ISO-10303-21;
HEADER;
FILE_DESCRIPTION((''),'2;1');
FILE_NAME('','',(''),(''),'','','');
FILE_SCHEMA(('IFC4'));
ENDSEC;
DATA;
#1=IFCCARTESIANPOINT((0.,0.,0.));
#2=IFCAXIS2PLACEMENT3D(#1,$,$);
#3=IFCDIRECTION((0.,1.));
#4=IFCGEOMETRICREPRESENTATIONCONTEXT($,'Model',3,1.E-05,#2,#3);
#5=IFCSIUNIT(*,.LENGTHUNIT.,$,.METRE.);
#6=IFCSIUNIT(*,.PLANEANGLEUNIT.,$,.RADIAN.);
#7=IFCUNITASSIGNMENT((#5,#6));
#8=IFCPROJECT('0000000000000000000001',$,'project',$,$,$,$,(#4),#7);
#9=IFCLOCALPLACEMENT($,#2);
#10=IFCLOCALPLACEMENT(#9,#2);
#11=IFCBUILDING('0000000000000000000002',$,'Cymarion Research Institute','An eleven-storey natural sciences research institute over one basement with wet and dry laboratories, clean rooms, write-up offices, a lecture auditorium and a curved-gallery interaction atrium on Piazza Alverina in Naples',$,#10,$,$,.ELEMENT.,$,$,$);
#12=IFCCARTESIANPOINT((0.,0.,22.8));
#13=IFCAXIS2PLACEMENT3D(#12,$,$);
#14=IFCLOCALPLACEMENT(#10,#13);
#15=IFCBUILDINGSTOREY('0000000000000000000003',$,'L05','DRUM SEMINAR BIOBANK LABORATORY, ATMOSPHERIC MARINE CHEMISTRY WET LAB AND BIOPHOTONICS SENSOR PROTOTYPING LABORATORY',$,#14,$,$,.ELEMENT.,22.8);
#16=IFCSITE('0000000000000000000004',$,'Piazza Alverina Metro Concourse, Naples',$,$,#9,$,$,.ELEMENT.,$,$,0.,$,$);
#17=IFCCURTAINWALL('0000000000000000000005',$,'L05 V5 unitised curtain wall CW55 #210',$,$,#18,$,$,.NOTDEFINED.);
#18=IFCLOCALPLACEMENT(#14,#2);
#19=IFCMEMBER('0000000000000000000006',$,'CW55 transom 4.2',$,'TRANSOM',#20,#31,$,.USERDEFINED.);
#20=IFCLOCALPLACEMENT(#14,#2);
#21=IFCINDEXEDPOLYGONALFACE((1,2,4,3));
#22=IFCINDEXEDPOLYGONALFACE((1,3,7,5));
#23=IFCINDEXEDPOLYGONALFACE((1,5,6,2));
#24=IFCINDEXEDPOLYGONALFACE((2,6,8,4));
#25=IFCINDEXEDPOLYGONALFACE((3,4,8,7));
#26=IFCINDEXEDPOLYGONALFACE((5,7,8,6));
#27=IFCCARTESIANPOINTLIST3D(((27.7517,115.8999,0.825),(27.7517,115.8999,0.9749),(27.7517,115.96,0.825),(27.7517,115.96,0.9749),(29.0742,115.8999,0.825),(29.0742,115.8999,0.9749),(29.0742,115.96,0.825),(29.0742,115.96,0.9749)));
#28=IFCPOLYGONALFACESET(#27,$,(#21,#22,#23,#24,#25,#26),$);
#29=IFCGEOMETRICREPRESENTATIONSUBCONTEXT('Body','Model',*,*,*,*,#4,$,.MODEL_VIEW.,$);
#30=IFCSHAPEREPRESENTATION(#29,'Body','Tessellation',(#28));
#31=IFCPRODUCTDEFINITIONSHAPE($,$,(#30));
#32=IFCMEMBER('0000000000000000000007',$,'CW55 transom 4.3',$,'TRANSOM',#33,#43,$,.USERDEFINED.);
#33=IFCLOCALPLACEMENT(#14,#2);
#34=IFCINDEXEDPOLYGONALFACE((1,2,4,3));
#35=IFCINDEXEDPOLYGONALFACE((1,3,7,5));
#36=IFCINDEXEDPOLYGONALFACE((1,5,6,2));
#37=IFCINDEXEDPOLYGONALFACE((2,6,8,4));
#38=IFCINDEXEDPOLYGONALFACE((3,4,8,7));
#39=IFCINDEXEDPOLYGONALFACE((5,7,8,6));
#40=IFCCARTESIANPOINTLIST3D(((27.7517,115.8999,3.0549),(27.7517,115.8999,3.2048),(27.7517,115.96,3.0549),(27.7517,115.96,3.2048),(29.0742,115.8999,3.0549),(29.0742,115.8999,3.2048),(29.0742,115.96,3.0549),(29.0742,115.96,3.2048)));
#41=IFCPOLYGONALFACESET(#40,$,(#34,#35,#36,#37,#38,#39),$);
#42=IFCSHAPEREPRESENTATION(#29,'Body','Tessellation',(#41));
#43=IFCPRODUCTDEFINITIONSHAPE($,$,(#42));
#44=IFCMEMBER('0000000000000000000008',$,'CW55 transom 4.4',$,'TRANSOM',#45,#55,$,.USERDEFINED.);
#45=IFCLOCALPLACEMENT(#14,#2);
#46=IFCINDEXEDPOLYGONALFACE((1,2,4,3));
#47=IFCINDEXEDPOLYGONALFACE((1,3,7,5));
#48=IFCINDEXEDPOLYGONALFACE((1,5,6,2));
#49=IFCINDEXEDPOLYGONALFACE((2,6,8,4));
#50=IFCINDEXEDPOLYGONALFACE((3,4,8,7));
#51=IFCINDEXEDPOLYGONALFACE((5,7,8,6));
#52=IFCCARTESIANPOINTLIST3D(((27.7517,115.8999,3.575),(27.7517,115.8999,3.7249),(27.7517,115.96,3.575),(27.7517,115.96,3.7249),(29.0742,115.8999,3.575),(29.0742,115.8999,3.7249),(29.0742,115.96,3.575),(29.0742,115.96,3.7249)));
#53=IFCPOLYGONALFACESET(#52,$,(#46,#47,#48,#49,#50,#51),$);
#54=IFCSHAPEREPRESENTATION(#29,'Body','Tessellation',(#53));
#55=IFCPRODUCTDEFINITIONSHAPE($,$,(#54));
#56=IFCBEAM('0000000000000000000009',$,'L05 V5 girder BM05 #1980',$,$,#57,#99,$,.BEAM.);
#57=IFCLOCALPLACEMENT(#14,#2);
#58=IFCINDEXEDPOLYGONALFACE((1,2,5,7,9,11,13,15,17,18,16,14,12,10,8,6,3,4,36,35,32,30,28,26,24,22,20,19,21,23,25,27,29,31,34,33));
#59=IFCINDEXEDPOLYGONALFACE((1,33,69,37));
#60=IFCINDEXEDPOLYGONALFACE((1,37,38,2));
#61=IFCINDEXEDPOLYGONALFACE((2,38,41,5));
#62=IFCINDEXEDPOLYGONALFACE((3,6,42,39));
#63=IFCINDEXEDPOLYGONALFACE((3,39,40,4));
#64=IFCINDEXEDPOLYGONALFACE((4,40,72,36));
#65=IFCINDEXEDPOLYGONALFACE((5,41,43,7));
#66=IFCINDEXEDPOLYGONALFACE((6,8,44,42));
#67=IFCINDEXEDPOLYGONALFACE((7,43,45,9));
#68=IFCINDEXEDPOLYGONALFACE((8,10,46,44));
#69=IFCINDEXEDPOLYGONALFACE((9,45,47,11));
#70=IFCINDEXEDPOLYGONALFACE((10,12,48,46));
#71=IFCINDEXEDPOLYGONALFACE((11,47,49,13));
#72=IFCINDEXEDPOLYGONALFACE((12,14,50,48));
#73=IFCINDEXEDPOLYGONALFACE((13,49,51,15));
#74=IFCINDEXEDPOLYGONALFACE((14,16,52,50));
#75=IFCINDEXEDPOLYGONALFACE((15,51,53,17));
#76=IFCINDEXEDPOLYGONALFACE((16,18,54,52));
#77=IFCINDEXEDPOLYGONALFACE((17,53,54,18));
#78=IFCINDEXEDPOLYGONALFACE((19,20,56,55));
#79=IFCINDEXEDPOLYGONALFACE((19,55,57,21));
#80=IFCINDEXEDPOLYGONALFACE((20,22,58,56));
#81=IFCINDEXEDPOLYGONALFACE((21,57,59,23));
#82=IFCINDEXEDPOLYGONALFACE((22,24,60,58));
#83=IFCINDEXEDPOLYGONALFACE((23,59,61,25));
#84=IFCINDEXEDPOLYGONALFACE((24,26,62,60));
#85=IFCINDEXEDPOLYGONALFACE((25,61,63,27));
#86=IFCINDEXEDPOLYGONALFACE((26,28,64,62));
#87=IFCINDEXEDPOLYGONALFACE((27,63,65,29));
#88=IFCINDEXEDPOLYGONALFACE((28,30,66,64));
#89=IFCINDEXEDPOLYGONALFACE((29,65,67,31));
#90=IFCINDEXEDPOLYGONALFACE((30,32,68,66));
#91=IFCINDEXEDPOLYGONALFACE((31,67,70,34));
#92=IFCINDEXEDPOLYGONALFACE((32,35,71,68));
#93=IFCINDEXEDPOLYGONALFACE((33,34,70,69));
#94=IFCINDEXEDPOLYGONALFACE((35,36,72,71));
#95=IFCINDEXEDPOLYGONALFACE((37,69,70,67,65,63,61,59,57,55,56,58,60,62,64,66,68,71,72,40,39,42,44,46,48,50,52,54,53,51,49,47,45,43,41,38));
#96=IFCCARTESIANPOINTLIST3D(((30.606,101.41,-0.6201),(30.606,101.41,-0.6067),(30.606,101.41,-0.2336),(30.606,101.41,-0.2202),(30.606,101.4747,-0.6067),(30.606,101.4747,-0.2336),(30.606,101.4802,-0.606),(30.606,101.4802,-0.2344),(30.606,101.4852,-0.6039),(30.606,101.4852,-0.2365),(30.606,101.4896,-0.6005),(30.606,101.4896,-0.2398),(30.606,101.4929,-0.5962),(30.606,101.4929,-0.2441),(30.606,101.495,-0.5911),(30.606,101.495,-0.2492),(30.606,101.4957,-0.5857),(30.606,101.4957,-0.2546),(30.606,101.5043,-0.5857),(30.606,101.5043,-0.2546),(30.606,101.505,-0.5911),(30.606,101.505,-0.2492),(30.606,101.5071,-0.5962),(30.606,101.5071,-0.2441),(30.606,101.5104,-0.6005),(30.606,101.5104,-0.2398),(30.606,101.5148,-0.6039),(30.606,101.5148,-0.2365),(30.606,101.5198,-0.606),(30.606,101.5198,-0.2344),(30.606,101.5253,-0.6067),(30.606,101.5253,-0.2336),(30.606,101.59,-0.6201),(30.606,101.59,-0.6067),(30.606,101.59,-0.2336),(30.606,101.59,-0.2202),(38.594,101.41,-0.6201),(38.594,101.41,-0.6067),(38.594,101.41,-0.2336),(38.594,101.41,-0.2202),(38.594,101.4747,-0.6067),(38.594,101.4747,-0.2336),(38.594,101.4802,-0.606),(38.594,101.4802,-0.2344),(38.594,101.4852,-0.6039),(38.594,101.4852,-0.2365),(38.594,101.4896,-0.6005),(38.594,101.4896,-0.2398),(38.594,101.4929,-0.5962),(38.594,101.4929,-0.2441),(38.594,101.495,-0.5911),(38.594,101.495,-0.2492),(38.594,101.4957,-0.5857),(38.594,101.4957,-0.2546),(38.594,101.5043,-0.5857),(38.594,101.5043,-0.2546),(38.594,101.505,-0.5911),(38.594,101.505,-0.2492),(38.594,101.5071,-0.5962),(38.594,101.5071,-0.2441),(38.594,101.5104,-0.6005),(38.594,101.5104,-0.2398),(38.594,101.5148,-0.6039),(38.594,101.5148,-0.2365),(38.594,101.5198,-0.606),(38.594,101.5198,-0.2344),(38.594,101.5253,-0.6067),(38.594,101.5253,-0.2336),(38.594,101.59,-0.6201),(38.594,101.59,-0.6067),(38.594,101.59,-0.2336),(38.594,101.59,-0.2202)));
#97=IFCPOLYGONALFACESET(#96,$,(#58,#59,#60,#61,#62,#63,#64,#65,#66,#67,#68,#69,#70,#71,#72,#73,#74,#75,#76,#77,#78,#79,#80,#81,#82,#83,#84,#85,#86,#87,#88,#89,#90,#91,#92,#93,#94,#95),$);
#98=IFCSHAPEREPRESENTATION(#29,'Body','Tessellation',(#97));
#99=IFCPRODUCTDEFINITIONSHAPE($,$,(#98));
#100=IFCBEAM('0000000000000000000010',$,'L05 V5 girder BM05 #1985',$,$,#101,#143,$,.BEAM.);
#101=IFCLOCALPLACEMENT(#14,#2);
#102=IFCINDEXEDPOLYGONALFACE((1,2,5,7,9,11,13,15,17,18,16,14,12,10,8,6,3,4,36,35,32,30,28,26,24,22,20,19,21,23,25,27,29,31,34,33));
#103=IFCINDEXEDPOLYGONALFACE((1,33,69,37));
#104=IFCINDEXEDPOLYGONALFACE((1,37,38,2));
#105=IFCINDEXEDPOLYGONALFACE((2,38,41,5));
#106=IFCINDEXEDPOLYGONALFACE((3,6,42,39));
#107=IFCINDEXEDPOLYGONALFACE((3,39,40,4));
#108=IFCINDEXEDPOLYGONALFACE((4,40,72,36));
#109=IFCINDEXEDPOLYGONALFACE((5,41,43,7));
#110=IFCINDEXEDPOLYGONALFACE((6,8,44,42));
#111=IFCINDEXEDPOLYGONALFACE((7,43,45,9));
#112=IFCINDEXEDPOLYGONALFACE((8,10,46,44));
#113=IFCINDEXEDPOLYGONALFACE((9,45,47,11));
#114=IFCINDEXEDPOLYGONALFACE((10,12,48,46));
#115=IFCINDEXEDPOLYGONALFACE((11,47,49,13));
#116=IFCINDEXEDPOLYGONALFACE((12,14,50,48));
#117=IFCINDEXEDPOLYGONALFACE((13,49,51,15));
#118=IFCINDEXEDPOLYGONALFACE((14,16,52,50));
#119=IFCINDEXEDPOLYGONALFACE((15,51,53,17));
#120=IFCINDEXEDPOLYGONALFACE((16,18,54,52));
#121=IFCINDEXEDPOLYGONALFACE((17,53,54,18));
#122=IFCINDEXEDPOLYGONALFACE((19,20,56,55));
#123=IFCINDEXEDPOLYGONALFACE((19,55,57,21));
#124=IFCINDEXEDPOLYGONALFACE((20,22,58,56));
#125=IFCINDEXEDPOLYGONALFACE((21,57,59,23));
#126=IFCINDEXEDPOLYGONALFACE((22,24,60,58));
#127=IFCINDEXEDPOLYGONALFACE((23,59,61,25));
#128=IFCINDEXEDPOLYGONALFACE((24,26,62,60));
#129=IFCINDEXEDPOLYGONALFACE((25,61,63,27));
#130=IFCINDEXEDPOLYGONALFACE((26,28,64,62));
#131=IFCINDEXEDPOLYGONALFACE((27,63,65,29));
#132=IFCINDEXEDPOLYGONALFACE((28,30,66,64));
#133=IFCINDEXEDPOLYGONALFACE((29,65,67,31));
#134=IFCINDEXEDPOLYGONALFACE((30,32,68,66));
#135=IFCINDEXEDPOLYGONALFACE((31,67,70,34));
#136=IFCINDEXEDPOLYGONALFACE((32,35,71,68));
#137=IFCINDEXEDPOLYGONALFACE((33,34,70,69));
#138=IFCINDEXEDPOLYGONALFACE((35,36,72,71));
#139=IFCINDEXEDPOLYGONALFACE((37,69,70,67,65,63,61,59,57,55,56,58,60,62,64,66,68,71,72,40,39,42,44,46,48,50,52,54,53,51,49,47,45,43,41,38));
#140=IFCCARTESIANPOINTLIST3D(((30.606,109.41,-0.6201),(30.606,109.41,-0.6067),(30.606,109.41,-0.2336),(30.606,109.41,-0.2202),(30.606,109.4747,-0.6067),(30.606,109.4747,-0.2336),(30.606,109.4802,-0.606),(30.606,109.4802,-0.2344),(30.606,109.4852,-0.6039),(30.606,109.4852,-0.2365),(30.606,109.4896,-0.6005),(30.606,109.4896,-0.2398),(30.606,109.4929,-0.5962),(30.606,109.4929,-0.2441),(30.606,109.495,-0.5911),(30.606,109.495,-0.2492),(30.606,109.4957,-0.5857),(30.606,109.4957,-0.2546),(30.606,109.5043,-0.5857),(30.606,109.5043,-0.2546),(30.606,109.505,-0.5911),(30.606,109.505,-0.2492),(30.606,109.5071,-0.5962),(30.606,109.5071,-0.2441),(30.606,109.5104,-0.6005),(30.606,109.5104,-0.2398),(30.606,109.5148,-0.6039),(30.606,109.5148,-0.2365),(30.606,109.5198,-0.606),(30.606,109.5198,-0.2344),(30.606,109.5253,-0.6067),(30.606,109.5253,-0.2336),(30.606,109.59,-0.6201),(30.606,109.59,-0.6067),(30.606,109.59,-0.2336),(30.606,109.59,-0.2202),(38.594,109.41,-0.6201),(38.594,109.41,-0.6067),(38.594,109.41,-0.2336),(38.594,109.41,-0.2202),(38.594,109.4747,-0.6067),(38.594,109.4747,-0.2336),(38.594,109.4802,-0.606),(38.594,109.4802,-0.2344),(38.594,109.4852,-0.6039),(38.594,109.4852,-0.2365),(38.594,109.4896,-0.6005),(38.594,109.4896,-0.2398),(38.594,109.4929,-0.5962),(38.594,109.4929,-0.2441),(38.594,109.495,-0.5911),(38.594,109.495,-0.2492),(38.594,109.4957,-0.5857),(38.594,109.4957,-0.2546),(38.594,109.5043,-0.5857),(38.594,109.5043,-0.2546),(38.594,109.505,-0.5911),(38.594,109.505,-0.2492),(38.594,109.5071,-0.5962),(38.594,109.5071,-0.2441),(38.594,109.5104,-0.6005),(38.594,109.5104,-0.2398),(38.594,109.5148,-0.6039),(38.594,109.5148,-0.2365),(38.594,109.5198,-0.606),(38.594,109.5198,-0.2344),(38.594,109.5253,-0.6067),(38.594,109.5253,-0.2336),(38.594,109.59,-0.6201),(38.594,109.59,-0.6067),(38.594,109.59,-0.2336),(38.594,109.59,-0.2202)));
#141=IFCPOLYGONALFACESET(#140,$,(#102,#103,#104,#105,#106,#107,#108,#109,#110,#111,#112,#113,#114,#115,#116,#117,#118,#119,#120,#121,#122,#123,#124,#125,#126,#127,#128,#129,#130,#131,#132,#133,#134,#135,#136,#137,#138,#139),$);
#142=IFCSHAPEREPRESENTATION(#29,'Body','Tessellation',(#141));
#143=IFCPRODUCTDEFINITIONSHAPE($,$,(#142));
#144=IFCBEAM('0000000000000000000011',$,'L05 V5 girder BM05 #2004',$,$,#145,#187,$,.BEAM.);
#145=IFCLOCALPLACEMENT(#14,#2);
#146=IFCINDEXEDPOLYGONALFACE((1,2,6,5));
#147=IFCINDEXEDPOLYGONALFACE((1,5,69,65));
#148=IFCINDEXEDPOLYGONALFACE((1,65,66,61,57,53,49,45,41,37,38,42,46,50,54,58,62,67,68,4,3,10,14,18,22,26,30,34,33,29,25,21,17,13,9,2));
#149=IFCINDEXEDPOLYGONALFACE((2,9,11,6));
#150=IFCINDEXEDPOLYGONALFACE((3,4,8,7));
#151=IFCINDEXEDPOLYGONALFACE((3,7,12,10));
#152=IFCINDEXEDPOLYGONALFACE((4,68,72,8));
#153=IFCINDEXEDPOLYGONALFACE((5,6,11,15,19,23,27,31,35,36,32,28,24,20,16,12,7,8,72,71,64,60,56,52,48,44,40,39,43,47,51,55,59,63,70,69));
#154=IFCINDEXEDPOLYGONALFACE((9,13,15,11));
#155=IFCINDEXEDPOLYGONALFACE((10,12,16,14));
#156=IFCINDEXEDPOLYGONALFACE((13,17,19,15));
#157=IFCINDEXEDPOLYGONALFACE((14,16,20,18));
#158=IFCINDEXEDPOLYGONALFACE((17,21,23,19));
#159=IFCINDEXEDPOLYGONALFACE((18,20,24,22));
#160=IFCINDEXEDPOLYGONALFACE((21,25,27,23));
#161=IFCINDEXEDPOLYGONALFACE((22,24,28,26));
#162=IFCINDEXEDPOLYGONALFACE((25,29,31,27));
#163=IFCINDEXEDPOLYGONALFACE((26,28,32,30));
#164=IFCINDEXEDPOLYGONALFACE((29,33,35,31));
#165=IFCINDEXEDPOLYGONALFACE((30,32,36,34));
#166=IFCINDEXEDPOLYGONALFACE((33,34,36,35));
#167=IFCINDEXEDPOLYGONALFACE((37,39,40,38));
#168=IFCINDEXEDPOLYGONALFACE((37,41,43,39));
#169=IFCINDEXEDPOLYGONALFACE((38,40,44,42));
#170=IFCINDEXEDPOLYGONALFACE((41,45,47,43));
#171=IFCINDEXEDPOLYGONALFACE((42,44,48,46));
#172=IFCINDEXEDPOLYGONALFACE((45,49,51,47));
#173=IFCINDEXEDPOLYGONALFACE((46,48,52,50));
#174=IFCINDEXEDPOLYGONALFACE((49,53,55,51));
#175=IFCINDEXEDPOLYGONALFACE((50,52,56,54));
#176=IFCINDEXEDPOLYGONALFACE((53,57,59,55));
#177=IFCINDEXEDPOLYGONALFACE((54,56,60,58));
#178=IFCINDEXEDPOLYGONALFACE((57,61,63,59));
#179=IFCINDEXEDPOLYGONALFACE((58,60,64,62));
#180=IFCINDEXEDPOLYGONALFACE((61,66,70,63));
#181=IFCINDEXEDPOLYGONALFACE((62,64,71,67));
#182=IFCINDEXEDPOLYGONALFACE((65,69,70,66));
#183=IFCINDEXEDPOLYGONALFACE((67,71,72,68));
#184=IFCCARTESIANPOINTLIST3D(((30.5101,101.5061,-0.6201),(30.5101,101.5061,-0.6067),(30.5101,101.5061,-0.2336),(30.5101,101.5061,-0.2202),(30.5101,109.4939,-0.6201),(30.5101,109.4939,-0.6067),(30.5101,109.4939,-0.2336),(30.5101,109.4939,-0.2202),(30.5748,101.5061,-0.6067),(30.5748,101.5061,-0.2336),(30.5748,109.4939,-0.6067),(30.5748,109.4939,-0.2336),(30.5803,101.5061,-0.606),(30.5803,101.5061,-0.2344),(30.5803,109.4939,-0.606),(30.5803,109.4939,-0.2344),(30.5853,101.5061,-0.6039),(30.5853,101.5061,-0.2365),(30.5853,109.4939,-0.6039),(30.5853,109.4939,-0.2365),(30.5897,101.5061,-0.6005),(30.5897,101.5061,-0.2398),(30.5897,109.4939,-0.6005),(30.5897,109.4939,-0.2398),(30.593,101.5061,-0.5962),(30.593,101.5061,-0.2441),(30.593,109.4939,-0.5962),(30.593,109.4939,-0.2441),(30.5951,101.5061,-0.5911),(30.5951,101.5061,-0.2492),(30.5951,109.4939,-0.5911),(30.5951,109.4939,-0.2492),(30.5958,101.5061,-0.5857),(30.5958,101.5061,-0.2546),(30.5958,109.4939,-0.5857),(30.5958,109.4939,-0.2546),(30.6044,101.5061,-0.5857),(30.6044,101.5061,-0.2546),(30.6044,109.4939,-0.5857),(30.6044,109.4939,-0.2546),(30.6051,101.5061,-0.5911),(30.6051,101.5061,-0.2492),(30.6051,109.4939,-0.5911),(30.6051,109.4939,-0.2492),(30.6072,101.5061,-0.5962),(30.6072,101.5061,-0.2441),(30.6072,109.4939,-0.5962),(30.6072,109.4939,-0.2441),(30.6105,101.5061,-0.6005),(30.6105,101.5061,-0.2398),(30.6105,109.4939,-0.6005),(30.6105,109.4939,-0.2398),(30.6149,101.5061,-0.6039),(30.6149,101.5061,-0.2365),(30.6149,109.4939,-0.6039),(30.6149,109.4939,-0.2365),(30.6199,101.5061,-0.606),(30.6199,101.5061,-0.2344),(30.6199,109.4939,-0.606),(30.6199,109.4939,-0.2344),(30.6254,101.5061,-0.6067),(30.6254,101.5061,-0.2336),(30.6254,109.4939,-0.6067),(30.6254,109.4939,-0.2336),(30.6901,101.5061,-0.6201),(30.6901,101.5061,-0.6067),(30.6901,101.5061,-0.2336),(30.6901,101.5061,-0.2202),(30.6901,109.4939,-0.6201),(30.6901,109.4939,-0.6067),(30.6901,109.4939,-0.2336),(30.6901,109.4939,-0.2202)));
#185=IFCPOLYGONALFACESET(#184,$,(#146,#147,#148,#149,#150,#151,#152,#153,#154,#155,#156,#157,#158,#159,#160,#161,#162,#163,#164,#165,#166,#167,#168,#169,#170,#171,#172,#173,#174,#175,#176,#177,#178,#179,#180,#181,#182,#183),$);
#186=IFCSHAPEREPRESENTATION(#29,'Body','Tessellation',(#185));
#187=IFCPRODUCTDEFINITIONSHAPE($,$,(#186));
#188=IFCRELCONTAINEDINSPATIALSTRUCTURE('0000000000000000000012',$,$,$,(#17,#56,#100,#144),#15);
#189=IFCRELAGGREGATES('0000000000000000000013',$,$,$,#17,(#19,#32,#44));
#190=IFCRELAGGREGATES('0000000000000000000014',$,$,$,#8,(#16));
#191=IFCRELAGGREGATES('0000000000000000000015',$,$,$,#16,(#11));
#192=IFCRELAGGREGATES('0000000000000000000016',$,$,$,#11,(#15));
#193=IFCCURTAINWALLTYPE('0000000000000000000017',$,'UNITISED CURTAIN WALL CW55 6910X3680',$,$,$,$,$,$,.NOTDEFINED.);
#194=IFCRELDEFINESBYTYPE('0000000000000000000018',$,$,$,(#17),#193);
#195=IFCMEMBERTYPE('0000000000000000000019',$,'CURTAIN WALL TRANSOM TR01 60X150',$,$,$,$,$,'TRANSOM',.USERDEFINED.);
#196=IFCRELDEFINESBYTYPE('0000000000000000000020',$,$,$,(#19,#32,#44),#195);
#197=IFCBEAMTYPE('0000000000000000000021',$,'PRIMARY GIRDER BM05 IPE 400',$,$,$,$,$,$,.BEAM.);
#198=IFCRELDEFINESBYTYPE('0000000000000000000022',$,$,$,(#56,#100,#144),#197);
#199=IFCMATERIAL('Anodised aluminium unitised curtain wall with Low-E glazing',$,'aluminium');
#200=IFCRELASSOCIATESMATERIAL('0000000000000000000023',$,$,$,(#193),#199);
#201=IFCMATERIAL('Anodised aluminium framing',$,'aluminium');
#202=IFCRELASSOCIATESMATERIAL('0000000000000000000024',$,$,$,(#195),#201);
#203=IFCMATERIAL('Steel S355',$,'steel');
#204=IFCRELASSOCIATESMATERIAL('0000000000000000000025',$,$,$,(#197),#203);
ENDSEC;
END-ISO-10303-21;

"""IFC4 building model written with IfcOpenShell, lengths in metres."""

from ifc_helpers import new_model, si_unit, direction, frame, origin, origin_2d, place, context, subcontext, project, spatial, rectangle, i_section, extrude, material, material_profile, profile_set, type_object, element, aggregate, save


model = new_model("IFC4")

# Units and contexts
model_context = context("Model", 3, precision=1e-05, world=origin(), true_north=direction((0.0, 1.0)))
body_context = subcontext(model_context, "Body", "Model", "MODEL_VIEW")
ifc_project = project(units=[si_unit("LENGTHUNIT", "METRE"), si_unit("PLANEANGLEUNIT", "RADIAN")], contexts=[model_context])

# Site, building, storey
site_placement = place(None, origin())
site = spatial("IfcSite", under=ifc_project, at=site_placement, Name="Piazza Alverina Metro Concourse, Naples", CompositionType="ELEMENT", RefElevation=0.0)
building_placement = place(site_placement, origin())
building = spatial("IfcBuilding", under=site, at=building_placement, Name="Cymarion Research Institute", Description="An eleven-storey natural sciences research institute over one basement with wet and dry laboratories, clean rooms, write-up offices, a lecture auditorium and a curved-gallery interaction atrium on Piazza Alverina in Naples", CompositionType="ELEMENT")
storey_placement = place(building_placement, frame((0.0, 0.0, 22.8)))
storey = spatial("IfcBuildingStorey", under=building, at=storey_placement, Name="L05", Description="DRUM SEMINAR BIOBANK LABORATORY, ATMOSPHERIC MARINE CHEMISTRY WET LAB AND BIOPHOTONICS SENSOR PROTOTYPING LABORATORY", CompositionType="ELEMENT", Elevation=22.8)

# Shared definitions
ifc_material_1 = material(Name="Steel S355", Category="steel")

# Curtain wall, members
ifc_material_2 = material(Name="Anodised aluminium unitised curtain wall with Low-E glazing", Category="aluminium")
curtain_wall_type = type_object("IfcCurtainWallType", Name="UNITISED CURTAIN WALL CW55 6910X3680", PredefinedType="NOTDEFINED", material=ifc_material_2)
curtain_wall_placement = place(storey_placement, origin())
curtain_wall = element("IfcCurtainWall", 1, at=curtain_wall_placement, inside=storey, type_object=curtain_wall_type, Name="L05 V5 unitised curtain wall CW55 #210", PredefinedType="NOTDEFINED")
ifc_material_3 = material(Name="Anodised aluminium framing", Category="aluminium")
ifc_material_profile_1 = material_profile(ifc_material_3, rectangle(XDim=0.0601, YDim=0.1499, at=origin_2d()), Name="ALU TRANSOM 60x150")
ifc_profile_set_1 = profile_set([ifc_material_profile_1], Name="Anodised aluminium framing")
member_type_1 = type_object("IfcMemberType", Name="CURTAIN WALL TRANSOM TR01 60X150", ElementType="TRANSOM", PredefinedType="USERDEFINED", material=ifc_profile_set_1)
member_1_placement = place(storey_placement, frame((29.0742, 115.9299, 0.8999), z_axis=(-1.0, 0.0, 0.0), x_axis=(0.0, -1.0, 0.0)))
member_1 = element("IfcMember", 2, at=member_1_placement, type_object=member_type_1, Name="CW55 transom 4.2", ObjectType="TRANSOM", PredefinedType="USERDEFINED", context=body_context, shape_type="SweptSolid", body=[
    extrude(rectangle(XDim=0.0601, YDim=0.1499, at=origin_2d()), origin(), (0.0, 0.0, 1.0), 1.3225),
])
member_2_placement = place(storey_placement, frame((29.0742, 115.9299, 3.1299), z_axis=(-1.0, 0.0, 0.0), x_axis=(0.0, -1.0, 0.0)))
member_2 = element("IfcMember", 3, at=member_2_placement, type_object=member_type_1, Name="CW55 transom 4.3", ObjectType="TRANSOM", PredefinedType="USERDEFINED", context=body_context, shape_type="SweptSolid", body=[
    extrude(rectangle(XDim=0.0601, YDim=0.1499, at=origin_2d()), origin(), (0.0, 0.0, 1.0), 1.3225),
])
member_3_placement = place(storey_placement, frame((29.0742, 115.9299, 3.6499), z_axis=(-1.0, 0.0, 0.0), x_axis=(0.0, -1.0, 0.0)))
member_3 = element("IfcMember", 4, at=member_3_placement, type_object=member_type_1, Name="CW55 transom 4.4", ObjectType="TRANSOM", PredefinedType="USERDEFINED", context=body_context, shape_type="SweptSolid", body=[
    extrude(rectangle(XDim=0.0601, YDim=0.1499, at=origin_2d()), origin(), (0.0, 0.0, 1.0), 1.3225),
])

# Beams
ifc_material_profile_2 = material_profile(ifc_material_1, i_section(OverallWidth=0.1799, OverallDepth=0.3999, WebThickness=0.0085, FlangeThickness=0.0134, FilletRadius=0.021, at=origin_2d()), Name="IPE 400")
ifc_profile_set_2 = profile_set([ifc_material_profile_2], Name="Steel S355")
beam_type_1 = type_object("IfcBeamType", Name="PRIMARY GIRDER BM05 IPE 400", PredefinedType="BEAM", material=ifc_profile_set_2)
for number, where, z_axis, x_axis, name in (
    (5, (30.606, 101.5, -0.4202), (1.0, 0.0, 0.0), (0.0, 1.0, 0.0), "L05 V5 girder BM05 #1980"),
    (6, (30.606, 109.5, -0.4202), (1.0, 0.0, 0.0), (0.0, 1.0, 0.0), "L05 V5 girder BM05 #1985"),
):
    element("IfcBeam", number, at=place(storey_placement, frame(where, z_axis=z_axis, x_axis=x_axis)), inside=storey, type_object=beam_type_1, Name=name, PredefinedType="BEAM", context=body_context, shape_type="SweptSolid", body=[
        extrude(i_section(OverallWidth=0.1799, OverallDepth=0.3999, WebThickness=0.0085, FlangeThickness=0.0134, FilletRadius=0.021, at=origin_2d()), origin(), (0.0, 0.0, 1.0), 7.988),
    ])
beam_1_placement = place(storey_placement, frame((30.6001, 101.5061, -0.4202), z_axis=(0.0, 1.0, 0.0), x_axis=(-1.0, 0.0, 0.0)))
element("IfcBeam", 7, at=beam_1_placement, inside=storey, type_object=beam_type_1, Name="L05 V5 girder BM05 #2004", PredefinedType="BEAM", context=body_context, shape_type="SweptSolid", body=[
    extrude(i_section(OverallWidth=0.1799, OverallDepth=0.3999, WebThickness=0.0085, FlangeThickness=0.0134, FilletRadius=0.021, at=origin_2d()), origin(), (0.0, 0.0, 1.0), 7.9878),
])

aggregate(curtain_wall, [member_1, member_2, member_3])

save(model, "model.ifc")
